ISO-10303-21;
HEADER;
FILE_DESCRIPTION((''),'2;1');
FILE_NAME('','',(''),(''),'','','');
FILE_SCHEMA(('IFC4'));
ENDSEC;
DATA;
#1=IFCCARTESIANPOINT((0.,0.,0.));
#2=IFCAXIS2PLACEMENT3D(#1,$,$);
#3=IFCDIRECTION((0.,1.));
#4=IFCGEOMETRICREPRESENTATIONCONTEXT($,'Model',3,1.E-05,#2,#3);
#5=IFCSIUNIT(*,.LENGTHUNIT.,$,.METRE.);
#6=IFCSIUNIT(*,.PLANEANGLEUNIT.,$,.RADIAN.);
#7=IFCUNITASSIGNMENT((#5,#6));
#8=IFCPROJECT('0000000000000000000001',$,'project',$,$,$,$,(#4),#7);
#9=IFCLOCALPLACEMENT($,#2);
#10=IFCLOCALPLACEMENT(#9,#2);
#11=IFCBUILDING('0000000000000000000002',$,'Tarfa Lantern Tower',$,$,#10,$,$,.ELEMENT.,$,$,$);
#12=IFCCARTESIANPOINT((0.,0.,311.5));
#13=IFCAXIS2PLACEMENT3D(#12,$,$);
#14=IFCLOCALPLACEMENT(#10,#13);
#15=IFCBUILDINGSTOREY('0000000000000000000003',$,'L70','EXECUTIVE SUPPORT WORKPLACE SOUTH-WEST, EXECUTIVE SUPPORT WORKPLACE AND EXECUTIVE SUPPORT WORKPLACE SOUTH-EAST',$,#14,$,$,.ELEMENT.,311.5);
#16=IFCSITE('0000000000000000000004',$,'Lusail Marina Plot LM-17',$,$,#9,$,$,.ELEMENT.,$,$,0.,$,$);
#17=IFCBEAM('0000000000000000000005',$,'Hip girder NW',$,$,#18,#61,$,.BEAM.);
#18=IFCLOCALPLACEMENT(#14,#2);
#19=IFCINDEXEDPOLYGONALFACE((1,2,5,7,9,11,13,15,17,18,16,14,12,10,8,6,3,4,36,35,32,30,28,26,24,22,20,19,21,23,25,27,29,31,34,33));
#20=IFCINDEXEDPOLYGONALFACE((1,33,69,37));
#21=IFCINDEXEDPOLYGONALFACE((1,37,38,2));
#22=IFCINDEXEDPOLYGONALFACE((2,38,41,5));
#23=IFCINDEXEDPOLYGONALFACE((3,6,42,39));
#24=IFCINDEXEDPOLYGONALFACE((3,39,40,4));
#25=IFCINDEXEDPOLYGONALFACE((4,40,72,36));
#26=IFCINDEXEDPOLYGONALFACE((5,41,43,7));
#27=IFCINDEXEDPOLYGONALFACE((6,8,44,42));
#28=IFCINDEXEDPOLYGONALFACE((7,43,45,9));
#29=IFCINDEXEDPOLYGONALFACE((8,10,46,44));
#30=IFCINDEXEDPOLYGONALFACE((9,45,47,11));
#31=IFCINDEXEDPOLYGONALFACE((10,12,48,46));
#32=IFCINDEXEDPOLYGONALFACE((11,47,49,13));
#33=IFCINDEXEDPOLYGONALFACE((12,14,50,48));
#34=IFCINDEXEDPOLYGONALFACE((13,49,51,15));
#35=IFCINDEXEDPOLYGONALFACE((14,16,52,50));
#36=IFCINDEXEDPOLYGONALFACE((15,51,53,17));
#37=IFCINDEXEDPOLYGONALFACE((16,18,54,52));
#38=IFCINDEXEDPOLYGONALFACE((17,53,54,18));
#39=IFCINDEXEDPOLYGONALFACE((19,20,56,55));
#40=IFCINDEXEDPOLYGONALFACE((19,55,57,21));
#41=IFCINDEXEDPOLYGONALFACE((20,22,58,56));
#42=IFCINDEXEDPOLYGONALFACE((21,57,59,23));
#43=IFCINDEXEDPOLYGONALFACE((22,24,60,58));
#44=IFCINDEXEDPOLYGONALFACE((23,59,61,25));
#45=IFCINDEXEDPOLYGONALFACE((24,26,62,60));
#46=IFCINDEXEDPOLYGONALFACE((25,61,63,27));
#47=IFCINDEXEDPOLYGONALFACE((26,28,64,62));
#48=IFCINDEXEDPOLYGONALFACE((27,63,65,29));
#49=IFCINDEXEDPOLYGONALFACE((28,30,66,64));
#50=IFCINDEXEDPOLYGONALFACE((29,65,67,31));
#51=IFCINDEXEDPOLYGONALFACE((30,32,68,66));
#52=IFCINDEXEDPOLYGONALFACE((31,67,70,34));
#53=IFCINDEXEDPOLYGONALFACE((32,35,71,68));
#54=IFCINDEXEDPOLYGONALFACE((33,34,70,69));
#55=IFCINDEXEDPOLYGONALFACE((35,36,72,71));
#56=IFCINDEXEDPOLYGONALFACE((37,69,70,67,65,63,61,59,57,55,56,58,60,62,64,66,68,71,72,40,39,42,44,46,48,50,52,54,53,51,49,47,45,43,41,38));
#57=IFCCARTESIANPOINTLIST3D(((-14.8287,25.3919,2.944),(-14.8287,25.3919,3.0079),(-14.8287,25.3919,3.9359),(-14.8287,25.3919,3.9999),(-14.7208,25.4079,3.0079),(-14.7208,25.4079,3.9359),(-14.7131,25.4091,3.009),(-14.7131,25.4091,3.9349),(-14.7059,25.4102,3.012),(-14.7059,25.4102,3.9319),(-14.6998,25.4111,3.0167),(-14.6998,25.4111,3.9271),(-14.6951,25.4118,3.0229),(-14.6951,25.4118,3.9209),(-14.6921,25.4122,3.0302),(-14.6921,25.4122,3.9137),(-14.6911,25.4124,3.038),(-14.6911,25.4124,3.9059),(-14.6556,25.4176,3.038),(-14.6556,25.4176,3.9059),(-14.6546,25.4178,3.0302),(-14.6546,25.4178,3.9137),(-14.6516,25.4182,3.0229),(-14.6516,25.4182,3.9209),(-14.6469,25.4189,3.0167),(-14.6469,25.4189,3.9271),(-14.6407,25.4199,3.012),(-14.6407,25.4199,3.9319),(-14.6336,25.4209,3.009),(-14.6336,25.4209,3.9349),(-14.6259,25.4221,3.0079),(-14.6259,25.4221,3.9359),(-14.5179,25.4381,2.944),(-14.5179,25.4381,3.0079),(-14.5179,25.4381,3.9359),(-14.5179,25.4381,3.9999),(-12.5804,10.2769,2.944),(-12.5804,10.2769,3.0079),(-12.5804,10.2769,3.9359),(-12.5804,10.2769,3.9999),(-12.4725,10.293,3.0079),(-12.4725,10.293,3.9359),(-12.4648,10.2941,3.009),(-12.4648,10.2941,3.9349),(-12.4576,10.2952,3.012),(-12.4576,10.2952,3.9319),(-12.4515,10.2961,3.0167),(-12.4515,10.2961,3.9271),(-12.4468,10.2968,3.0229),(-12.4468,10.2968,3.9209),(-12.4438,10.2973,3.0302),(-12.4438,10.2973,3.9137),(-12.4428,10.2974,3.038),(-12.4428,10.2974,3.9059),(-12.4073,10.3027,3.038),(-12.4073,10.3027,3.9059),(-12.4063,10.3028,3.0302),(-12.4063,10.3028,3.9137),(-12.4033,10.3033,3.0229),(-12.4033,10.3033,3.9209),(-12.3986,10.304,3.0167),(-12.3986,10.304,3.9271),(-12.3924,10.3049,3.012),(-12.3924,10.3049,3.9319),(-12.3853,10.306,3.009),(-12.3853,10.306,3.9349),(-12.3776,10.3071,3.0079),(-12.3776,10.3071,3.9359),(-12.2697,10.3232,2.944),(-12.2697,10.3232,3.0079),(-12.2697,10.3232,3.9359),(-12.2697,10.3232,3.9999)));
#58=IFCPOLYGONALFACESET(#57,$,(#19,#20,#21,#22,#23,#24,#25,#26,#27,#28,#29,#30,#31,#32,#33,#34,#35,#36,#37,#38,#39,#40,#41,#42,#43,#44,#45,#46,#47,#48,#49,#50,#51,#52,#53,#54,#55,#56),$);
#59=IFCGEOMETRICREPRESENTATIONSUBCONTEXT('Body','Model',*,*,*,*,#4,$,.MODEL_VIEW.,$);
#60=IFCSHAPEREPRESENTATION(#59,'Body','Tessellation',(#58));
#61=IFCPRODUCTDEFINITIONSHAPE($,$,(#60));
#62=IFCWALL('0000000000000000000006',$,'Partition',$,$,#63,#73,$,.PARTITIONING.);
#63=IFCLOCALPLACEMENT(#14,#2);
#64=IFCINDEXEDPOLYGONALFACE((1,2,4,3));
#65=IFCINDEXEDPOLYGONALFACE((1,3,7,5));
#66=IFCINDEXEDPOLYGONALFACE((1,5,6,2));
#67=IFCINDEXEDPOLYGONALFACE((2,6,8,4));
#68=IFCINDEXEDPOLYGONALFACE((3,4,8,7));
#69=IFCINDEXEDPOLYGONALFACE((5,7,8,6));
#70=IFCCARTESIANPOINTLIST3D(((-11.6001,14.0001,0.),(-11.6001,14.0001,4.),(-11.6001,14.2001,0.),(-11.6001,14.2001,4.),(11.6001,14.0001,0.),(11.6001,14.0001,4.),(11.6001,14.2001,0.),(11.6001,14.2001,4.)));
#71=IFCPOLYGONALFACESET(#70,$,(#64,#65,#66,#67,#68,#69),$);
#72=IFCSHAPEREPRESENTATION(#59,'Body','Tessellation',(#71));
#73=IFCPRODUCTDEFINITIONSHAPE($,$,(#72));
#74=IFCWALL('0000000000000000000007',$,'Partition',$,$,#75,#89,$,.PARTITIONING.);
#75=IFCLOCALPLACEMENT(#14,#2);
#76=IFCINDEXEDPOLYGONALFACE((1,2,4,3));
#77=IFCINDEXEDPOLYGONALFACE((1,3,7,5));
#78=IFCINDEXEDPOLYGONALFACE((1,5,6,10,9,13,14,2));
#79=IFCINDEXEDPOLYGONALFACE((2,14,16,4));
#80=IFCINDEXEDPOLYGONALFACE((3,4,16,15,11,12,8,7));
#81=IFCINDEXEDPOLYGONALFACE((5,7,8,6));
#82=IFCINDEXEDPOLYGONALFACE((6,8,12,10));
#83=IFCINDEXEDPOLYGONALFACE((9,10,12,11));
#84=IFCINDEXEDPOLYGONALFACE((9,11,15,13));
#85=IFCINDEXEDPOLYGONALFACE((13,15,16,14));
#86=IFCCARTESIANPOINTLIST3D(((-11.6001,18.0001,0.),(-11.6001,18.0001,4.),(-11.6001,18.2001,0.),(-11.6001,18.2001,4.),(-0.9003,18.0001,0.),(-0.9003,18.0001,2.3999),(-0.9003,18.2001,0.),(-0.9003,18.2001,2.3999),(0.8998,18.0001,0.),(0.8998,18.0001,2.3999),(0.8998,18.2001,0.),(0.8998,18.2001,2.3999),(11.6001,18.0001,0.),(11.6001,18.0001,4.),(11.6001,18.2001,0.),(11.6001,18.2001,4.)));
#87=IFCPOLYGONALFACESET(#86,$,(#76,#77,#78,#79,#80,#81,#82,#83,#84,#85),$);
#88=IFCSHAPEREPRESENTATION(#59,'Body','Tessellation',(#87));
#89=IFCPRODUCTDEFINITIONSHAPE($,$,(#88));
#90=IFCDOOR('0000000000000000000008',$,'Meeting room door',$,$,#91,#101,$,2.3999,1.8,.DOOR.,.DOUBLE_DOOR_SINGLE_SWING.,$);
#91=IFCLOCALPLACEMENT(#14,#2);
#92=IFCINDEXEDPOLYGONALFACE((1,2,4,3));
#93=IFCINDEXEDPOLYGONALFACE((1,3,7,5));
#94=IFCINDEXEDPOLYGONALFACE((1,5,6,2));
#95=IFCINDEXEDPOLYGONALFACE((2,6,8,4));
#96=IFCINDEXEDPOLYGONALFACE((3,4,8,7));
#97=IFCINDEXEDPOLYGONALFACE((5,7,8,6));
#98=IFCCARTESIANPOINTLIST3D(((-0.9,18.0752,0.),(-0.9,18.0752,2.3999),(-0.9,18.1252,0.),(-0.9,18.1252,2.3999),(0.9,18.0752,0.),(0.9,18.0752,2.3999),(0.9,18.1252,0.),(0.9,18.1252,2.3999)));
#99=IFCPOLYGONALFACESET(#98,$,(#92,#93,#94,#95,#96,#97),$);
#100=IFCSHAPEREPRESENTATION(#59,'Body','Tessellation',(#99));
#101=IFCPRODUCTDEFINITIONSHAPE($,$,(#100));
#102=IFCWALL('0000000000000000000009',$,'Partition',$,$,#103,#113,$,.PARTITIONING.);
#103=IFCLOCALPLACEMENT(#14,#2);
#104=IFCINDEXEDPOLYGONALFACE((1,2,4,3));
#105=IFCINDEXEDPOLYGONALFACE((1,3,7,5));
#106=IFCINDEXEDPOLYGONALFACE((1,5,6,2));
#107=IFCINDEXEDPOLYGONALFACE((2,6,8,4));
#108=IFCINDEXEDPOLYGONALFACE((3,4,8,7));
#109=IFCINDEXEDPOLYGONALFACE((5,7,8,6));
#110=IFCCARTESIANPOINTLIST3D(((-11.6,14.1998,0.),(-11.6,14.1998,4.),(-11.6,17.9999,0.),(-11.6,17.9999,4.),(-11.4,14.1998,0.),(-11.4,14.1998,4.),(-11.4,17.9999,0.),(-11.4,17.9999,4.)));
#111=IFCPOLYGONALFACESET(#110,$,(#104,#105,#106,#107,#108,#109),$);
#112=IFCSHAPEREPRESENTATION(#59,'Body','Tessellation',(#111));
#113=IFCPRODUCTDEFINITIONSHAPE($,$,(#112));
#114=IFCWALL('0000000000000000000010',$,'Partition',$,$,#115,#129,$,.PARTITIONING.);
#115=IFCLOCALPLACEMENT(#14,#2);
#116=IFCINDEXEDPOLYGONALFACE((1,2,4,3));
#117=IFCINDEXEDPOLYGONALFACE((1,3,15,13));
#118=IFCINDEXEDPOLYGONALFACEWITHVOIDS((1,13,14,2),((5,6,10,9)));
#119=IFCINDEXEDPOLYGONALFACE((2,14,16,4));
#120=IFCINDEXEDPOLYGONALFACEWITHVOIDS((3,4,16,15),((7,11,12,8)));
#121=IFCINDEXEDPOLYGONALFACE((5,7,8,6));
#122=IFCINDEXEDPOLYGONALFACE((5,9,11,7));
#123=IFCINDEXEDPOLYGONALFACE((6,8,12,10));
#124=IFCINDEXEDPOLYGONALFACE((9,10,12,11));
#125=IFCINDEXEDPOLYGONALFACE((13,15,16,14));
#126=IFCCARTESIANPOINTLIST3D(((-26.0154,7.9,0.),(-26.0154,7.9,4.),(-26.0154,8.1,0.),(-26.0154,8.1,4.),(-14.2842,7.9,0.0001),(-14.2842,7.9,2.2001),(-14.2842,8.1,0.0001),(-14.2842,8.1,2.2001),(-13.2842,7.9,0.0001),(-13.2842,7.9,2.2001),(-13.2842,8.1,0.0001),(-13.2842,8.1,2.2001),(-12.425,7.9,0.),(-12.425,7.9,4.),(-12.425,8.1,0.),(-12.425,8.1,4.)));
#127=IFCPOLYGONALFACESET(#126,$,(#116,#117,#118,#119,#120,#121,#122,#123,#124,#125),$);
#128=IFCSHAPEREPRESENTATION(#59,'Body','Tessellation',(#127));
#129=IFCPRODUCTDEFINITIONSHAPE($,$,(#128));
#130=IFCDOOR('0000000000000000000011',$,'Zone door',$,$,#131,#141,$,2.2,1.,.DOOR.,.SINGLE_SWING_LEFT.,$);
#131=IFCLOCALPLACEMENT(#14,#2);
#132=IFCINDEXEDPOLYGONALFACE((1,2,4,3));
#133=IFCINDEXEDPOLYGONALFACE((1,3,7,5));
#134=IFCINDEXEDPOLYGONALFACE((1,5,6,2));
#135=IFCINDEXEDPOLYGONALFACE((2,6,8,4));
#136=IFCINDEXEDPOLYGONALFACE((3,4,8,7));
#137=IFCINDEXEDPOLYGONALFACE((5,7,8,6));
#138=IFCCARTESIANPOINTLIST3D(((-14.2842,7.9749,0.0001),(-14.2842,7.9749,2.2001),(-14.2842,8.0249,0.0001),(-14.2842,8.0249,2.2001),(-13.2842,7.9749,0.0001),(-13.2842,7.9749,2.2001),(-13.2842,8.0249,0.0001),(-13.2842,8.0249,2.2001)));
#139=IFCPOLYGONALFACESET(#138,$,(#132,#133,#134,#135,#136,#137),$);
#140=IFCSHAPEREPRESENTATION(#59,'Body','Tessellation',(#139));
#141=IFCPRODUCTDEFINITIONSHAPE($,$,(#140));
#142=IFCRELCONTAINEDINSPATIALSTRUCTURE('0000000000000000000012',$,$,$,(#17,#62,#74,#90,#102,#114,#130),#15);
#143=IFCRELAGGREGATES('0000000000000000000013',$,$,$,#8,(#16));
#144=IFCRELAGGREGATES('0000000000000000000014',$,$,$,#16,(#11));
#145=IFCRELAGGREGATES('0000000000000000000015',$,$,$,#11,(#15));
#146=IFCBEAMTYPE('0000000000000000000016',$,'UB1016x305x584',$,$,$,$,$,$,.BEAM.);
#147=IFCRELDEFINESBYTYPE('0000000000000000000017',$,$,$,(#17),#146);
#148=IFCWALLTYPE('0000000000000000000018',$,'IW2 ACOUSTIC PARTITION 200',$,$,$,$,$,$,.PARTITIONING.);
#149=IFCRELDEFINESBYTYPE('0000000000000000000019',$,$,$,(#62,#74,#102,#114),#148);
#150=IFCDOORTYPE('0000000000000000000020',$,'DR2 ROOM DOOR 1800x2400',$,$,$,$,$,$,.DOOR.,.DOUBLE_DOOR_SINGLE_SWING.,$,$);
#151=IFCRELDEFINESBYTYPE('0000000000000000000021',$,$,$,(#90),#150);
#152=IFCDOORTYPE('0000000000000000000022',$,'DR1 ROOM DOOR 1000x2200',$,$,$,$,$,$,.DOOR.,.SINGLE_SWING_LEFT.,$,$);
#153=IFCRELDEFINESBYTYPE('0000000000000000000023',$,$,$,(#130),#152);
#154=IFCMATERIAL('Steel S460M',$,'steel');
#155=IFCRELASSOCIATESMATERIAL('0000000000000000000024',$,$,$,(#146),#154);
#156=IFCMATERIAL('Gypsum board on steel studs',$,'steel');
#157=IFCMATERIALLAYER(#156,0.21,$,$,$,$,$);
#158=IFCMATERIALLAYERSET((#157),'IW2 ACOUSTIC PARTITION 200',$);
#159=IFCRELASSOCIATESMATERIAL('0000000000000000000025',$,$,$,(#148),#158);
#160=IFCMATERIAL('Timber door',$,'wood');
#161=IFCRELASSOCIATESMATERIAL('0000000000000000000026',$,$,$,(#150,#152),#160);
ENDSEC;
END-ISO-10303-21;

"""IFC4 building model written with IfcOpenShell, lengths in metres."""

from ifc_helpers import new_model, si_unit, direction, frame, frame_2d, origin, origin_2d, place, context, subcontext, project, spatial, rectangle, i_section, extrude, material, layer, layer_set, material_profile, profile_set, type_object, element, fill, save


model = new_model("IFC4")

# Units and contexts
model_context = context("Model", 3, precision=1e-05, world=origin(), true_north=direction((0.0, 1.0)))
body_context = subcontext(model_context, "Body", "Model", "MODEL_VIEW")
ifc_project = project(units=[si_unit("LENGTHUNIT", "METRE"), si_unit("PLANEANGLEUNIT", "RADIAN")], contexts=[model_context])

# Site, building, storey
site_placement = place(None, origin())
site = spatial("IfcSite", under=ifc_project, at=site_placement, Name="Lusail Marina Plot LM-17", CompositionType="ELEMENT", RefElevation=0.0)
building_placement = place(site_placement, origin())
building = spatial("IfcBuilding", under=site, at=building_placement, Name="Tarfa Lantern Tower", CompositionType="ELEMENT")
storey_placement = place(building_placement, frame((0.0, 0.0, 311.5)))
storey = spatial("IfcBuildingStorey", under=building, at=storey_placement, Name="L70", Description="EXECUTIVE SUPPORT WORKPLACE SOUTH-WEST, EXECUTIVE SUPPORT WORKPLACE AND EXECUTIVE SUPPORT WORKPLACE SOUTH-EAST", CompositionType="ELEMENT", Elevation=311.5)

# Beam
ifc_material_1 = material(Name="Steel S460M", Category="steel")
ifc_material_profile = material_profile(ifc_material_1, i_section(OverallWidth=0.3142, OverallDepth=1.0559, WebThickness=0.0359, FlangeThickness=0.064, FilletRadius=0.03, at=origin_2d()), Name="UB1016x305x584")
ifc_profile_set = profile_set([ifc_material_profile], Name="Steel S460M")
beam_type = type_object("IfcBeamType", Name="UB1016x305x584", PredefinedType="BEAM", material=ifc_profile_set)
beam_placement = place(storey_placement, frame((-12.425, 10.3, 3.4719), z_axis=(-0.147127, 0.989118, 0.0), x_axis=(-0.989118, -0.147127, 0.0)))
element("IfcBeam", 1, at=beam_placement, inside=storey, type_object=beam_type, Name="Hip girder NW", PredefinedType="BEAM", context=body_context, shape_type="SweptSolid", body=[
    extrude(i_section(OverallWidth=0.3142, OverallDepth=1.0559, WebThickness=0.0359, FlangeThickness=0.064, FilletRadius=0.03, at=origin_2d()), origin(), (0.0, 0.0, 1.0), 15.2812),
])

# Wall
ifc_material_2 = material(Name="Gypsum board on steel studs", Category="steel")
ifc_layer_1 = layer(ifc_material_2, 0.21)
ifc_layer_set_1 = layer_set([ifc_layer_1], Name="IW2 ACOUSTIC PARTITION 200")
wall_type_1 = type_object("IfcWallType", Name="IW2 ACOUSTIC PARTITION 200", PredefinedType="PARTITIONING", material=ifc_layer_set_1)
wall_1_placement = place(storey_placement, frame((-11.6001, 14.1001, 0.0), z_axis=(0.0, 0.0, 1.0), x_axis=(1.0, 0.0, 0.0)))
element("IfcWall", 2, at=wall_1_placement, inside=storey, type_object=wall_type_1, Name="Partition", PredefinedType="PARTITIONING", context=body_context, shape_type="SweptSolid", body=[
    extrude(rectangle(XDim=23.2002, YDim=0.2, at=frame_2d((11.6001, 0.0))), origin(), (0.0, 0.0, 1.0), 4.0),
])

# Wall, opening, door
wall_2_placement = place(storey_placement, frame((-11.6001, 18.1001, 0.0), z_axis=(0.0, 0.0, 1.0), x_axis=(1.0, 0.0, 0.0)))
wall_2 = element("IfcWall", 3, at=wall_2_placement, inside=storey, type_object=wall_type_1, Name="Partition", PredefinedType="PARTITIONING", context=body_context, shape_type="SweptSolid", body=[
    extrude(rectangle(XDim=23.2002, YDim=0.2, at=frame_2d((11.6001, 0.0))), origin(), (0.0, 0.0, 1.0), 4.0),
])
opening_1_placement = place(wall_2_placement, frame((10.7, 0.0, 0.0)))
opening_1 = element("IfcOpeningElement", 4, at=opening_1_placement, cuts=wall_2, PredefinedType="OPENING", context=body_context, shape_type="SweptSolid", body=[
    extrude(rectangle(XDim=1.8, YDim=2.3999, at=frame_2d((0.8999, 1.2))), frame((0.0, 0.1099, 0.0), z_axis=(0.0, -1.0, 0.0), x_axis=(1.0, 0.0, 0.0)), (0.0, 0.0, 1.0), 0.22),
])
ifc_material_3 = material(Name="Timber door", Category="wood")
door_type_1 = type_object("IfcDoorType", Name="DR2 ROOM DOOR 1800x2400", OperationType="DOUBLE_DOOR_SINGLE_SWING", PredefinedType="DOOR", material=ifc_material_3)
door_1_placement = place(opening_1_placement, frame((1.8, 0.0, 0.0), z_axis=(0.0, 0.0, 1.0), x_axis=(-1.0, 0.0, 0.0)))
door_1 = element("IfcDoor", 5, at=door_1_placement, inside=storey, type_object=door_type_1, Name="Meeting room door", OperationType="DOUBLE_DOOR_SINGLE_SWING", OverallHeight=2.3999, OverallWidth=1.8, PredefinedType="DOOR", context=body_context, shape_type="SweptSolid", body=[
    extrude(rectangle(XDim=1.8, YDim=2.3999, at=frame_2d((0.8999, 1.2))), frame((0.0, 0.0249, 0.0), z_axis=(0.0, -1.0, 0.0), x_axis=(1.0, 0.0, 0.0)), (0.0, 0.0, 1.0), 0.05),
])
fill(opening_1, door_1)

# Wall
wall_3_placement = place(storey_placement, frame((-11.5, 14.2, 0.0), z_axis=(0.0, 0.0, 1.0), x_axis=(0.0, 1.0, 0.0)))
element("IfcWall", 6, at=wall_3_placement, inside=storey, type_object=wall_type_1, Name="Partition", PredefinedType="PARTITIONING", context=body_context, shape_type="SweptSolid", body=[
    extrude(rectangle(XDim=3.8, YDim=0.2, at=frame_2d((1.8999, 0.0))), origin(), (0.0, 0.0, 1.0), 4.0),
])

# Wall, opening, door
wall_4_placement = place(storey_placement, frame((-12.425, 8.0, 0.0), z_axis=(0.0, 0.0, 1.0), x_axis=(-1.0, 0.0, 0.0)))
wall_4 = element("IfcWall", 7, at=wall_4_placement, inside=storey, type_object=wall_type_1, Name="Partition", PredefinedType="PARTITIONING", context=body_context, shape_type="SweptSolid", body=[
    extrude(rectangle(XDim=13.5903, YDim=0.2, at=frame_2d((6.7952, 0.0))), origin(), (0.0, 0.0, 1.0), 4.0),
])
opening_2_placement = place(wall_4_placement, frame((0.8591, 0.0, 0.0)))
opening_2 = element("IfcOpeningElement", 8, at=opening_2_placement, cuts=wall_4, PredefinedType="OPENING", context=body_context, shape_type="SweptSolid", body=[
    extrude(rectangle(XDim=1.0, YDim=2.2, at=frame_2d((0.5, 1.1001))), frame((0.0, 0.1099, 0.0), z_axis=(0.0, -1.0, 0.0), x_axis=(1.0, 0.0, 0.0)), (0.0, 0.0, 1.0), 0.22),
])
door_type_2 = type_object("IfcDoorType", Name="DR1 ROOM DOOR 1000x2200", OperationType="SINGLE_SWING_LEFT", PredefinedType="DOOR", material=ifc_material_3)
door_2_placement = place(opening_2_placement, frame((1.0, 0.0, 0.0), z_axis=(0.0, 0.0, 1.0), x_axis=(-1.0, 0.0, 0.0)))
door_2 = element("IfcDoor", 9, at=door_2_placement, inside=storey, type_object=door_type_2, Name="Zone door", OperationType="SINGLE_SWING_LEFT", OverallHeight=2.2, OverallWidth=1.0, PredefinedType="DOOR", context=body_context, shape_type="SweptSolid", body=[
    extrude(rectangle(XDim=1.0, YDim=2.2, at=frame_2d((0.5, 1.1001))), frame((0.0, 0.0249, 0.0), z_axis=(0.0, -1.0, 0.0), x_axis=(1.0, 0.0, 0.0)), (0.0, 0.0, 1.0), 0.05),
])
fill(opening_2, door_2)

save(model, "model.ifc")
